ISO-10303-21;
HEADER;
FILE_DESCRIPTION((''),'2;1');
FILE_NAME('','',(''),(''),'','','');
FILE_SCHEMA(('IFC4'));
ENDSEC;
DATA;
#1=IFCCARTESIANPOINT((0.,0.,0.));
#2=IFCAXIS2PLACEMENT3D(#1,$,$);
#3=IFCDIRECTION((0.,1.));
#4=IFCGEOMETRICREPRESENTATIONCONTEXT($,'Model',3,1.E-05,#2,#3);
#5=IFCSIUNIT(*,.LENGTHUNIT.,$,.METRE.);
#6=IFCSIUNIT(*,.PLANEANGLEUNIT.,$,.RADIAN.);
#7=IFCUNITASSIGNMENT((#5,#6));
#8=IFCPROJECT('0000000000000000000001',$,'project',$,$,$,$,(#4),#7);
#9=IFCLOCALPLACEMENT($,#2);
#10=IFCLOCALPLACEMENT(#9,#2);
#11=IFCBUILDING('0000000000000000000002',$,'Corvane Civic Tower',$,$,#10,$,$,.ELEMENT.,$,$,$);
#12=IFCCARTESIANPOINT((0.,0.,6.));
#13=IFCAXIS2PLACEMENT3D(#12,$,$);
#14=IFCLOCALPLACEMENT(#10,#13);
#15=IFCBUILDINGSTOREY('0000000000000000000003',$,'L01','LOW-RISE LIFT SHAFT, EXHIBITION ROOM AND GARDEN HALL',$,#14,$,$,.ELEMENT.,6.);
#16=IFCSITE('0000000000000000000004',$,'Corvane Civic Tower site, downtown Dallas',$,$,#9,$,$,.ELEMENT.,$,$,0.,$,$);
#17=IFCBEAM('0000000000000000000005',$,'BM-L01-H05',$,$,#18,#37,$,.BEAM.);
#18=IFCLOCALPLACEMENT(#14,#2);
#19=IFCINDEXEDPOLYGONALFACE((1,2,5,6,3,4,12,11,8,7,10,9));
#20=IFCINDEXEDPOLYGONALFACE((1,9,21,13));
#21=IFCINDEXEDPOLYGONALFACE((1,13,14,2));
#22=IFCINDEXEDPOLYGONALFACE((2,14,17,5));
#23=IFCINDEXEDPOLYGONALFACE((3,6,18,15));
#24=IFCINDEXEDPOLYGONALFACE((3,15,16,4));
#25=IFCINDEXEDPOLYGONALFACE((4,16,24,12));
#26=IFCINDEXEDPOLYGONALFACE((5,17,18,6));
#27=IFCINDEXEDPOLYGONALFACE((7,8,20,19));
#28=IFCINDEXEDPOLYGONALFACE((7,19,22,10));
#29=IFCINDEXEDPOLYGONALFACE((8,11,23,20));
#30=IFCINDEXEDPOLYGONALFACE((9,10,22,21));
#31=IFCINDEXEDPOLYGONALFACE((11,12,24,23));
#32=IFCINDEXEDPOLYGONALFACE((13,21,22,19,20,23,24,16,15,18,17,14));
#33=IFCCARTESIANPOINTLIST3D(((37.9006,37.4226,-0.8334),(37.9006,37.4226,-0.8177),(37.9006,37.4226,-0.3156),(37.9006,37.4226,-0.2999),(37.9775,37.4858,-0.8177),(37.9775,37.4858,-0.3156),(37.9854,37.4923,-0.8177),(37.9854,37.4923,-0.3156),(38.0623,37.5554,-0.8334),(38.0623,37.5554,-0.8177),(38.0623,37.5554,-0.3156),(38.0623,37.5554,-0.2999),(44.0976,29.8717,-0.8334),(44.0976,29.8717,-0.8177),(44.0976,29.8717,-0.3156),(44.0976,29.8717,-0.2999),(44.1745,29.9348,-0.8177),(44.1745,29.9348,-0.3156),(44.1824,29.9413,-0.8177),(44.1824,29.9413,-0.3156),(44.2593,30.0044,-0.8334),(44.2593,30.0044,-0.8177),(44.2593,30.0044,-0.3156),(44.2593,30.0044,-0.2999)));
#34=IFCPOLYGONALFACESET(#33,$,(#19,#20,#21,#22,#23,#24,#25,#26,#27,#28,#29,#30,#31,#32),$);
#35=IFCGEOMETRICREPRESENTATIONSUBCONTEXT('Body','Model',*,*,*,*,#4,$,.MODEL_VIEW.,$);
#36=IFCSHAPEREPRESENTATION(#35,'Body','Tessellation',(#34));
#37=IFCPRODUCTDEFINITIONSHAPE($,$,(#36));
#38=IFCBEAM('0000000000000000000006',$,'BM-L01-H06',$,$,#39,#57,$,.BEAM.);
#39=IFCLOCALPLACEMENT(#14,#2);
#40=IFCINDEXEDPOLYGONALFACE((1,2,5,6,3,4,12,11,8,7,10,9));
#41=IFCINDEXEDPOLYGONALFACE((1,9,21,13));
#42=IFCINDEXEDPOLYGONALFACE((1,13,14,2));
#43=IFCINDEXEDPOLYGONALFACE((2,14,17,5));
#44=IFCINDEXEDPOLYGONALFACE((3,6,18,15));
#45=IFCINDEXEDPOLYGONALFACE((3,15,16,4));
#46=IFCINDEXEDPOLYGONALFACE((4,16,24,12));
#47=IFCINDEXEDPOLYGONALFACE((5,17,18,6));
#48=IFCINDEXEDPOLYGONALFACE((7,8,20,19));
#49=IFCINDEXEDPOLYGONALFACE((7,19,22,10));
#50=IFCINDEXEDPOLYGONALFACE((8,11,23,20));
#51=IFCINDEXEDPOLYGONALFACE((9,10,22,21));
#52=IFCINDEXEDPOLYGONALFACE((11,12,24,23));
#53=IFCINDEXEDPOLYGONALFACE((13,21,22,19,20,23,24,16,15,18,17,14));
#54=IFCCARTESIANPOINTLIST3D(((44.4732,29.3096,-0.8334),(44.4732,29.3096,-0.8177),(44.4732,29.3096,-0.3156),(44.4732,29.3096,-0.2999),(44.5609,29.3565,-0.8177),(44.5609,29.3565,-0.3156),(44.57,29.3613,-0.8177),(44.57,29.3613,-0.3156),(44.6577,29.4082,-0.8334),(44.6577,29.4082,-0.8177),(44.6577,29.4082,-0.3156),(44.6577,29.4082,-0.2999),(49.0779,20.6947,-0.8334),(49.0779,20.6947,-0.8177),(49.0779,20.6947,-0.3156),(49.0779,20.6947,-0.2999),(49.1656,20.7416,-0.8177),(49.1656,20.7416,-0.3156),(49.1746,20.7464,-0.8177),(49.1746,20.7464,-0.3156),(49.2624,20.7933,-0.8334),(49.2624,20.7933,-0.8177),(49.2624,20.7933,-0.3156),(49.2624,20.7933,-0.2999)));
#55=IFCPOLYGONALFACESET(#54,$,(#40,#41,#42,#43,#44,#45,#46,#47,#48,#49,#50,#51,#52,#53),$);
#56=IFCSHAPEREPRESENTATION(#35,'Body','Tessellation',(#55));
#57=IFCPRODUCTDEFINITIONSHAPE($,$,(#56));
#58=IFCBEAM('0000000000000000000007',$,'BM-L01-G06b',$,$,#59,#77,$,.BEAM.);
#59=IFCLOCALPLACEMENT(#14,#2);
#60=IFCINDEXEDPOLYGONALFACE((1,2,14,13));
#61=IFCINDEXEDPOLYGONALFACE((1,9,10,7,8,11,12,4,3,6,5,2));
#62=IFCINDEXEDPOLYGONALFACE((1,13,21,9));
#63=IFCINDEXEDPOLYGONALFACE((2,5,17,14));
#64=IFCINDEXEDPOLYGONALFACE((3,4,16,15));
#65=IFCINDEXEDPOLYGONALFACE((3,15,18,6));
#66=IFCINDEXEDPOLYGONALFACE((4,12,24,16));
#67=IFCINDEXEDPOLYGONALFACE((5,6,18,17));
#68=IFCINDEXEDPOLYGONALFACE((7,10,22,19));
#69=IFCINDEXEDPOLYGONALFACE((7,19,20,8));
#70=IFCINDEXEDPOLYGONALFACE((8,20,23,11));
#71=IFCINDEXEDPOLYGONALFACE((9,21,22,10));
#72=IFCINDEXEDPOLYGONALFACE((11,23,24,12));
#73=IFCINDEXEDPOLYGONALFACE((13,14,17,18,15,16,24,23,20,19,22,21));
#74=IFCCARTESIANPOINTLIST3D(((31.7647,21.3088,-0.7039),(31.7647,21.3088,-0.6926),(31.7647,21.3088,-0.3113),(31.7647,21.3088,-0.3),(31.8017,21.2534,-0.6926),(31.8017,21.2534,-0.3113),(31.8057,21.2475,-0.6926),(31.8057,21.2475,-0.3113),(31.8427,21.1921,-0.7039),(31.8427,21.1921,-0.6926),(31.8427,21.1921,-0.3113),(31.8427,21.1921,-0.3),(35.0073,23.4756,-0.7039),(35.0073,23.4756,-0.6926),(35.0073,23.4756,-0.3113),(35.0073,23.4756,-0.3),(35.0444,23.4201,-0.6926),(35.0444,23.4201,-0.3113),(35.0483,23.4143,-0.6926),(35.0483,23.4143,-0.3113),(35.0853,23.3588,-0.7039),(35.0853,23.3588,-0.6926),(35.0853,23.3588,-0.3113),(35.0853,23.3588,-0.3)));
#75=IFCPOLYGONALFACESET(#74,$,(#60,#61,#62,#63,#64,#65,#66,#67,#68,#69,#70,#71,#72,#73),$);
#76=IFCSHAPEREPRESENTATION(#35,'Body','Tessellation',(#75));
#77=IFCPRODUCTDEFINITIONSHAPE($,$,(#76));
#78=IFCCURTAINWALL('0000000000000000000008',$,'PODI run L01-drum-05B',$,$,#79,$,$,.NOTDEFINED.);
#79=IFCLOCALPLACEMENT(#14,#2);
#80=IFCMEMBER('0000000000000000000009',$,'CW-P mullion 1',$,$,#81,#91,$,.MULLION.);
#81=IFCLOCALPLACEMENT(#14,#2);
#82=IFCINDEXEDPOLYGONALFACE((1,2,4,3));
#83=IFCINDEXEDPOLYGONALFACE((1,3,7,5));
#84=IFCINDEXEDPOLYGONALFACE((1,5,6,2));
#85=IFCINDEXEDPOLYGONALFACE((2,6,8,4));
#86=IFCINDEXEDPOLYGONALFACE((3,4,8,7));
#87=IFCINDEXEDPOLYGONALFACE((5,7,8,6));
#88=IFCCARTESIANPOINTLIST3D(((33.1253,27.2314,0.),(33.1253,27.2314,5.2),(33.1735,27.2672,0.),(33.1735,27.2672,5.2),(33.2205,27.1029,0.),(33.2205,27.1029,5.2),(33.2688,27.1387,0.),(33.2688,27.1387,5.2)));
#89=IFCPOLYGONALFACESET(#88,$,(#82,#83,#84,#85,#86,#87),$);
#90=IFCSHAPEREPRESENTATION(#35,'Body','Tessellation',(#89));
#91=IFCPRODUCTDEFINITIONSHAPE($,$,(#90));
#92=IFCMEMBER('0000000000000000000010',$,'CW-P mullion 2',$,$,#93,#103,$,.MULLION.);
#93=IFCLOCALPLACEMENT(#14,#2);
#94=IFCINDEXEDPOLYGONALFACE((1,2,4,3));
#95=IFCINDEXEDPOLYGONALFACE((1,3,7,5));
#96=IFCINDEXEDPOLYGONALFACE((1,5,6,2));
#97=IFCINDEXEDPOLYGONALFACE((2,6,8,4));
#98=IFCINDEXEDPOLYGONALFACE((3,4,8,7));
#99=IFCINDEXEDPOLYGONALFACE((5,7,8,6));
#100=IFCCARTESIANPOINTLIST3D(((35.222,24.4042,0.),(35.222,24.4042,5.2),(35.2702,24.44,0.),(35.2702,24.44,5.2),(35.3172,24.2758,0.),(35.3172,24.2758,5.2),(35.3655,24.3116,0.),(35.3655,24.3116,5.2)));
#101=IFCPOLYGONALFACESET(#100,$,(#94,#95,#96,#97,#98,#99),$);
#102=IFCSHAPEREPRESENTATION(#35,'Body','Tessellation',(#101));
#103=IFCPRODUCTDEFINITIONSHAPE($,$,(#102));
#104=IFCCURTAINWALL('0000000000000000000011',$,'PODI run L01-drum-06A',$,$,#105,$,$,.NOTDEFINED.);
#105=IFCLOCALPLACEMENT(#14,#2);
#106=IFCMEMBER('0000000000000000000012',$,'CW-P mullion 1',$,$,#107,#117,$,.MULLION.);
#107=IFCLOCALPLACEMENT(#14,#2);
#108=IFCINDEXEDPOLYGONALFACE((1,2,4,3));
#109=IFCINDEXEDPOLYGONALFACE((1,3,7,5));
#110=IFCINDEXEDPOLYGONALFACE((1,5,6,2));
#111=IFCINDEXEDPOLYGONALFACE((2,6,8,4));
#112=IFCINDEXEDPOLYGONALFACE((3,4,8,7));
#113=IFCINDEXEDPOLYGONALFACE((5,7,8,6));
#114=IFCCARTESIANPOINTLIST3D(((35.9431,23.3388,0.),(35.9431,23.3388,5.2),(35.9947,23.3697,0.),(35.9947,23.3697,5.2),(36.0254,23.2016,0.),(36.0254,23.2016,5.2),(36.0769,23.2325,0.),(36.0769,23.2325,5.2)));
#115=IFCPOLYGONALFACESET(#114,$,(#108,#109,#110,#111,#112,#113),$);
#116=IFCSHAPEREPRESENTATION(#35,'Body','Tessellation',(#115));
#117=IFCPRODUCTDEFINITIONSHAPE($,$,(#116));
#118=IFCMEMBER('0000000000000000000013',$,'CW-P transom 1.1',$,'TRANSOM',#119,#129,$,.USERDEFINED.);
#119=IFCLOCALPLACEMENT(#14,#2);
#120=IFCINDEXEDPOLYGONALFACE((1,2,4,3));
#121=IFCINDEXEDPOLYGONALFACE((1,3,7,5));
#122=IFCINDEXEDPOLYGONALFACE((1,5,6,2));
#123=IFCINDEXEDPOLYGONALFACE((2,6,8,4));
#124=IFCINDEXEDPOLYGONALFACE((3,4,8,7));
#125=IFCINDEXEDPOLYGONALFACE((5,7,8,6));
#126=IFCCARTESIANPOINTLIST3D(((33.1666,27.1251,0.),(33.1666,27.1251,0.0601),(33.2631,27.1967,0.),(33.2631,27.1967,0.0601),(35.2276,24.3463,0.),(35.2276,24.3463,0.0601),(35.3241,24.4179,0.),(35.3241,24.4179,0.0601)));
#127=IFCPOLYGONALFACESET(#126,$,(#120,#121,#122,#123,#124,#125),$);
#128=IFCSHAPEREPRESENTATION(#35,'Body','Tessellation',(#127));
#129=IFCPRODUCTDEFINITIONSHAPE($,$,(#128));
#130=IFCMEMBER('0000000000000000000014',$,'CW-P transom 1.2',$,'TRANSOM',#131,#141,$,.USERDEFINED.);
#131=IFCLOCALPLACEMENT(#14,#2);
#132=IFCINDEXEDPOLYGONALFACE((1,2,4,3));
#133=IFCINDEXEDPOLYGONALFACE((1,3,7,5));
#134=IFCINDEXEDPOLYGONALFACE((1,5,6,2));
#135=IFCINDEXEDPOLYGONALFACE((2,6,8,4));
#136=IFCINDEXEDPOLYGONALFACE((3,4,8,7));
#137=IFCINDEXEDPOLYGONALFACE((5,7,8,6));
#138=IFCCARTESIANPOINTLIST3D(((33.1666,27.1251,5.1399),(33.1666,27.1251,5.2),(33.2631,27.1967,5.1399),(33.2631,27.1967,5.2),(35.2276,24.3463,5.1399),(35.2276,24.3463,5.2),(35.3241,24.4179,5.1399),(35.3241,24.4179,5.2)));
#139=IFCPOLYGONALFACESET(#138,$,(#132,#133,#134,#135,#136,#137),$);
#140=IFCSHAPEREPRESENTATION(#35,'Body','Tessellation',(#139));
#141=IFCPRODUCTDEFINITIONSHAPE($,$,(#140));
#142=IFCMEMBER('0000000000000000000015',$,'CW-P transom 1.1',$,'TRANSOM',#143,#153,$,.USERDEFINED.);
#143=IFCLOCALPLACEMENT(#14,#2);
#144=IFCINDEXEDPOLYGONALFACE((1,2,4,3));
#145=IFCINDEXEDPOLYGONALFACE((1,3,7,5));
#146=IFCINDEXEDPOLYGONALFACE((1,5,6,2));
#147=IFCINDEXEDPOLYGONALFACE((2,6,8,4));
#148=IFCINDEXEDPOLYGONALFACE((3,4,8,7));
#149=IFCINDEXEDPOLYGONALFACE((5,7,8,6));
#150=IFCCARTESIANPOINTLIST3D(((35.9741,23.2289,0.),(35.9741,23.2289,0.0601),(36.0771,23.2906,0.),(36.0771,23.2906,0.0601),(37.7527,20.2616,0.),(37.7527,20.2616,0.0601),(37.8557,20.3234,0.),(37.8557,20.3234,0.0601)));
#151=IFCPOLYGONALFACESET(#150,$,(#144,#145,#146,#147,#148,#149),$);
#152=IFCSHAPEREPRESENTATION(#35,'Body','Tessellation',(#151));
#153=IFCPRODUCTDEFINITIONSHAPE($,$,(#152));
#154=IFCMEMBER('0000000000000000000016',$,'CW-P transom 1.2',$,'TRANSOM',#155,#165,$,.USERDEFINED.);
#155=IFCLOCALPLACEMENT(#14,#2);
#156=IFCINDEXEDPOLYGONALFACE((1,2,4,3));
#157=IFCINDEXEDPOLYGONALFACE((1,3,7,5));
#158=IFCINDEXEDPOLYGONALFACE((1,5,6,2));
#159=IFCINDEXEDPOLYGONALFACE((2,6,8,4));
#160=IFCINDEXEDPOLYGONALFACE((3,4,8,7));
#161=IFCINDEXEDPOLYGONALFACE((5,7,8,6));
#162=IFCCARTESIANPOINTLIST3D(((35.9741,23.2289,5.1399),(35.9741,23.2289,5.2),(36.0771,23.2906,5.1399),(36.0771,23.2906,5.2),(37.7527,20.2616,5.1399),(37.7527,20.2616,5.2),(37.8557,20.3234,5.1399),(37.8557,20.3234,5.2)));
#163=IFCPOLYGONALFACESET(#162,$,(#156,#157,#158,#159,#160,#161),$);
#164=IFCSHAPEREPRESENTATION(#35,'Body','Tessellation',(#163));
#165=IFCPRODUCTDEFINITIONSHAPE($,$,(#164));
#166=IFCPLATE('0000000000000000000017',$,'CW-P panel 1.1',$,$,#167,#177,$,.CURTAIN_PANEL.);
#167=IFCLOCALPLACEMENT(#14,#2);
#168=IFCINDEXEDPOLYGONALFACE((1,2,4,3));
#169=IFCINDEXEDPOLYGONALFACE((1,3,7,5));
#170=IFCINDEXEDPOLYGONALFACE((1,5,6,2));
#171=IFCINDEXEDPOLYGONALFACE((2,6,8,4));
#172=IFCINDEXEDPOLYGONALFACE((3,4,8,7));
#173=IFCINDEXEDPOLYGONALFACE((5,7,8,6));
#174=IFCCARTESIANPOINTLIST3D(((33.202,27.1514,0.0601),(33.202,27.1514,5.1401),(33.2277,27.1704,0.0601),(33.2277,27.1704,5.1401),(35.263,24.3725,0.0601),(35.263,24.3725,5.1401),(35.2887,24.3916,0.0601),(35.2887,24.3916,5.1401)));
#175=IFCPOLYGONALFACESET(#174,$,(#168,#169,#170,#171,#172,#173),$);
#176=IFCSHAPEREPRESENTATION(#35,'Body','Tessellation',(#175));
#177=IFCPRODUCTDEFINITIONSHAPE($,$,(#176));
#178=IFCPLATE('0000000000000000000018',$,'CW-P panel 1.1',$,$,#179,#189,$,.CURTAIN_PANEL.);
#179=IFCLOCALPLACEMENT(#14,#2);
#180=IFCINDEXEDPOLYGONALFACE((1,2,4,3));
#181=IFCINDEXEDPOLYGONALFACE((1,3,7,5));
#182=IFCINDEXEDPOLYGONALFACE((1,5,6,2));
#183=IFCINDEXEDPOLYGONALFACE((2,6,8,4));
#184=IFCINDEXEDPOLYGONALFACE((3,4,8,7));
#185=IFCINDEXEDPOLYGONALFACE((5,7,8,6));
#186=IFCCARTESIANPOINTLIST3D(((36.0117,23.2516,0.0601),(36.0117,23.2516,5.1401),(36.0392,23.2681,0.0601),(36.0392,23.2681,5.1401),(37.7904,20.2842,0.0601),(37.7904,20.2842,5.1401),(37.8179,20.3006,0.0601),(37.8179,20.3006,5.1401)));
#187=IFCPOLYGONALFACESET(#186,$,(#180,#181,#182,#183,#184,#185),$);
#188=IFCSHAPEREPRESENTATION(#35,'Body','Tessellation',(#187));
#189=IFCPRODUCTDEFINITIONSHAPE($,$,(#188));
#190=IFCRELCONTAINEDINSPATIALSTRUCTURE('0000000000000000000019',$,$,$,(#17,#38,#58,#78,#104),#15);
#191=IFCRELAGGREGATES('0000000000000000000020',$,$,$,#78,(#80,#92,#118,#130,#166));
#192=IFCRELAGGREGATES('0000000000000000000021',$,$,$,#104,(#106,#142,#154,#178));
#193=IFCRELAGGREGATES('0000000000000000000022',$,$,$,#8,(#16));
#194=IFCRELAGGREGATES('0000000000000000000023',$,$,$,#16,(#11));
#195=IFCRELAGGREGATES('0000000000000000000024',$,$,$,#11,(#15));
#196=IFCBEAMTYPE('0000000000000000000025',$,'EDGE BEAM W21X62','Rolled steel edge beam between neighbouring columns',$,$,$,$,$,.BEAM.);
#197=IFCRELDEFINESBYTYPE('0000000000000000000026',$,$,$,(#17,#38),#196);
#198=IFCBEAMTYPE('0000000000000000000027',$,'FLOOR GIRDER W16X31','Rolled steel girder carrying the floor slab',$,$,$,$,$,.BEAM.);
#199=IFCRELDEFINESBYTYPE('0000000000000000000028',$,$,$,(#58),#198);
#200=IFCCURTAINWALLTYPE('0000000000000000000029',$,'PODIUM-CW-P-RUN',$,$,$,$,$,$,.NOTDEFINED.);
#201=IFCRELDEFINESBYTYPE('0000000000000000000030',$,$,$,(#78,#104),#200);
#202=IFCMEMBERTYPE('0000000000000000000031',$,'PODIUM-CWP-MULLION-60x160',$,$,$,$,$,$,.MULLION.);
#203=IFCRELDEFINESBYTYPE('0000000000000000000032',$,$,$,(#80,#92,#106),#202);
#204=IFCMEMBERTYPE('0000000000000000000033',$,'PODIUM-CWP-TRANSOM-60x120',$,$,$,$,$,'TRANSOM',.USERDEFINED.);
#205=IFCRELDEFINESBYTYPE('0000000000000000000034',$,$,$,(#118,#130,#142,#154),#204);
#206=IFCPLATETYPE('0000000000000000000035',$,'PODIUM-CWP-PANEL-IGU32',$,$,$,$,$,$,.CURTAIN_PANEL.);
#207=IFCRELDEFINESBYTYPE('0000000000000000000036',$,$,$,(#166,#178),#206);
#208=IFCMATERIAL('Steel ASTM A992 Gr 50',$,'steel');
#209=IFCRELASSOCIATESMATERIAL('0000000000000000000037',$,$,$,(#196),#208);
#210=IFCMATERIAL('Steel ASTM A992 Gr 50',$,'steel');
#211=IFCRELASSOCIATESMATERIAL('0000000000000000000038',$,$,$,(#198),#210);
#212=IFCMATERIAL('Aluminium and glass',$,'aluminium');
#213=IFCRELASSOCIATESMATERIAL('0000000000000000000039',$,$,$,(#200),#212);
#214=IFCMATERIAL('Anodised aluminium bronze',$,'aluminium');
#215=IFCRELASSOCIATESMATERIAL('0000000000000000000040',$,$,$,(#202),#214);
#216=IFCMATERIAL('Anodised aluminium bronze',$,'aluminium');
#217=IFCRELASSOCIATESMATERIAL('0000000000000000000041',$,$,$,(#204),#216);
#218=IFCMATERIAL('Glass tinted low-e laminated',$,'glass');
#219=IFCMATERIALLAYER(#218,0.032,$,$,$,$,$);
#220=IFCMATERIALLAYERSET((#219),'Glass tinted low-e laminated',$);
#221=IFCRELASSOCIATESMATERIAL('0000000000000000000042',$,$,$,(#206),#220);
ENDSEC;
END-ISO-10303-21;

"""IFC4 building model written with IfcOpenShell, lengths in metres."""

from ifc_helpers import new_model, si_unit, direction, frame, origin, origin_2d, place, context, subcontext, project, spatial, rectangle, i_section, extrude, material, layer, layer_set, material_profile, profile_set, type_object, element, aggregate, save


model = new_model("IFC4")

# Units and contexts
model_context = context("Model", 3, precision=1e-05, world=origin(), true_north=direction((0.0, 1.0)))
body_context = subcontext(model_context, "Body", "Model", "MODEL_VIEW")
ifc_project = project(units=[si_unit("LENGTHUNIT", "METRE"), si_unit("PLANEANGLEUNIT", "RADIAN")], contexts=[model_context])

# Site, building, storey
site_placement = place(None, origin())
site = spatial("IfcSite", under=ifc_project, at=site_placement, Name="Corvane Civic Tower site, downtown Dallas", CompositionType="ELEMENT", RefElevation=0.0)
building_placement = place(site_placement, origin())
building = spatial("IfcBuilding", under=site, at=building_placement, Name="Corvane Civic Tower", CompositionType="ELEMENT")
storey_placement = place(building_placement, frame((0.0, 0.0, 6.0)))
storey = spatial("IfcBuildingStorey", under=building, at=storey_placement, Name="L01", Description="LOW-RISE LIFT SHAFT, EXHIBITION ROOM AND GARDEN HALL", CompositionType="ELEMENT", Elevation=6.0)

# Beams
ifc_material_1 = material(Name="Steel ASTM A992 Gr 50", Category="steel")
ifc_material_profile_1 = material_profile(ifc_material_1, i_section(OverallWidth=0.2092, OverallDepth=0.5334, WebThickness=0.0103, FlangeThickness=0.0156, at=origin_2d()), Name="W21X62")
ifc_profile_set_1 = profile_set([ifc_material_profile_1], Name="Steel ASTM A992 Gr 50")
beam_type_1 = type_object("IfcBeamType", Name="EDGE BEAM W21X62", Description="Rolled steel edge beam between neighbouring columns", PredefinedType="BEAM", material=ifc_profile_set_1)
for number, where, z_axis, x_axis, name in (
    (1, (37.9814, 37.489, -0.5667), (0.634397, -0.773008, 0.0), (0.773008, 0.634397, 0.0), "BM-L01-H05"),
    (2, (44.5654, 29.3589, -0.5667), (0.471391, -0.881924, 0.0), (0.881924, 0.471391, 0.0), "BM-L01-H06"),
):
    element("IfcBeam", number, at=place(storey_placement, frame(where, z_axis=z_axis, x_axis=x_axis)), inside=storey, type_object=beam_type_1, Name=name, PredefinedType="BEAM", context=body_context, shape_type="SweptSolid", body=[
        extrude(i_section(OverallWidth=0.2092, OverallDepth=0.5334, WebThickness=0.0103, FlangeThickness=0.0156, at=origin_2d()), origin(), (0.0, 0.0, 1.0), 9.7683),
    ])
ifc_material_2 = material(Name="Steel ASTM A992 Gr 50", Category="steel")
ifc_material_profile_2 = material_profile(ifc_material_2, i_section(OverallWidth=0.1404, OverallDepth=0.4038, WebThickness=0.0071, FlangeThickness=0.0112, at=origin_2d()), Name="W16X31")
ifc_profile_set_2 = profile_set([ifc_material_profile_2], Name="Steel ASTM A992 Gr 50")
beam_type_2 = type_object("IfcBeamType", Name="FLOOR GIRDER W16X31", Description="Rolled steel girder carrying the floor slab", PredefinedType="BEAM", material=ifc_profile_set_2)
beam_1_placement = place(storey_placement, frame((31.8037, 21.2505, -0.502), z_axis=(0.831462, 0.555581, 0.0), x_axis=(-0.555581, 0.831462, 0.0)))
element("IfcBeam", 3, at=beam_1_placement, inside=storey, type_object=beam_type_2, Name="BM-L01-G06b", PredefinedType="BEAM", context=body_context, shape_type="SweptSolid", body=[
    extrude(i_section(OverallWidth=0.1404, OverallDepth=0.4038, WebThickness=0.0071, FlangeThickness=0.0112, at=origin_2d()), origin(), (0.0, 0.0, 1.0), 3.8999),
])

# Curtain wall, members
ifc_material_3 = material(Name="Aluminium and glass", Category="aluminium")
curtain_wall_type = type_object("IfcCurtainWallType", Name="PODIUM-CW-P-RUN", PredefinedType="NOTDEFINED", material=ifc_material_3)
curtain_wall_1_placement = place(storey_placement, origin())
curtain_wall_1 = element("IfcCurtainWall", 4, at=curtain_wall_1_placement, inside=storey, type_object=curtain_wall_type, Name="PODI run L01-drum-05B", PredefinedType="NOTDEFINED")
ifc_material_4 = material(Name="Anodised aluminium bronze", Category="aluminium")
ifc_material_profile_3 = material_profile(ifc_material_4, rectangle(XDim=0.0601, YDim=0.1599, at=origin_2d()), Name="AL 60x160")
ifc_profile_set_3 = profile_set([ifc_material_profile_3], Name="Anodised aluminium bronze")
member_type_1 = type_object("IfcMemberType", Name="PODIUM-CWP-MULLION-60x160", PredefinedType="MULLION", material=ifc_profile_set_3)
member_1_placement = place(storey_placement, frame((33.197, 27.1851, 0.0), z_axis=(0.0, 0.0, 1.0), x_axis=(0.803203, 0.595705, 0.0)))
member_1 = element("IfcMember", 5, at=member_1_placement, type_object=member_type_1, Name="CW-P mullion 1", PredefinedType="MULLION", context=body_context, shape_type="SweptSolid", body=[
    extrude(rectangle(XDim=0.0601, YDim=0.1599, at=origin_2d()), origin(), (0.0, 0.0, 1.0), 5.2),
])
member_2_placement = place(storey_placement, frame((35.2937, 24.3579, 0.0), z_axis=(0.0, 0.0, 1.0), x_axis=(0.803203, 0.595705, 0.0)))
member_2 = element("IfcMember", 6, at=member_2_placement, type_object=member_type_1, Name="CW-P mullion 2", PredefinedType="MULLION", context=body_context, shape_type="SweptSolid", body=[
    extrude(rectangle(XDim=0.0601, YDim=0.1599, at=origin_2d()), origin(), (0.0, 0.0, 1.0), 5.2),
])

# Curtain wall, member
curtain_wall_2_placement = place(storey_placement, origin())
curtain_wall_2 = element("IfcCurtainWall", 7, at=curtain_wall_2_placement, inside=storey, type_object=curtain_wall_type, Name="PODI run L01-drum-06A", PredefinedType="NOTDEFINED")
member_3_placement = place(storey_placement, frame((36.01, 23.2856, 0.0), z_axis=(0.0, 0.0, 1.0), x_axis=(0.85772, 0.514118, 0.0)))
member_3 = element("IfcMember", 8, at=member_3_placement, type_object=member_type_1, Name="CW-P mullion 1", PredefinedType="MULLION", context=body_context, shape_type="SweptSolid", body=[
    extrude(rectangle(XDim=0.0601, YDim=0.1599, at=origin_2d()), origin(), (0.0, 0.0, 1.0), 5.2),
])

# Members
ifc_material_5 = material(Name="Anodised aluminium bronze", Category="aluminium")
ifc_material_profile_4 = material_profile(ifc_material_5, rectangle(XDim=0.1201, YDim=0.0601, at=origin_2d()), Name="AL 120x60")
ifc_profile_set_4 = profile_set([ifc_material_profile_4], Name="Anodised aluminium bronze")
member_type_2 = type_object("IfcMemberType", Name="PODIUM-CWP-TRANSOM-60x120", ElementType="TRANSOM", PredefinedType="USERDEFINED", material=ifc_profile_set_4)
member_4_placement = place(storey_placement, frame((33.2148, 27.1609, 0.03), z_axis=(0.595724, -0.80319, 0.0), x_axis=(0.80319, 0.595724, 0.0)))
member_4 = element("IfcMember", 9, at=member_4_placement, type_object=member_type_2, Name="CW-P transom 1.1", ObjectType="TRANSOM", PredefinedType="USERDEFINED", context=body_context, shape_type="SweptSolid", body=[
    extrude(rectangle(XDim=0.1201, YDim=0.0601, at=origin_2d()), origin(), (0.0, 0.0, 1.0), 3.4597),
])
member_5_placement = place(storey_placement, frame((33.2148, 27.1609, 5.1699), z_axis=(0.595724, -0.80319, 0.0), x_axis=(0.80319, 0.595724, 0.0)))
member_5 = element("IfcMember", 10, at=member_5_placement, type_object=member_type_2, Name="CW-P transom 1.2", ObjectType="TRANSOM", PredefinedType="USERDEFINED", context=body_context, shape_type="SweptSolid", body=[
    extrude(rectangle(XDim=0.1201, YDim=0.0601, at=origin_2d()), origin(), (0.0, 0.0, 1.0), 3.4597),
])
member_6_placement = place(storey_placement, frame((36.0256, 23.2598, 0.03), z_axis=(0.514112, -0.857723, 0.0), x_axis=(0.857723, 0.514112, 0.0)))
member_6 = element("IfcMember", 11, at=member_6_placement, type_object=member_type_2, Name="CW-P transom 1.1", ObjectType="TRANSOM", PredefinedType="USERDEFINED", context=body_context, shape_type="SweptSolid", body=[
    extrude(rectangle(XDim=0.1201, YDim=0.0601, at=origin_2d()), origin(), (0.0, 0.0, 1.0), 3.4595),
])
member_7_placement = place(storey_placement, frame((36.0256, 23.2598, 5.1699), z_axis=(0.514112, -0.857723, 0.0), x_axis=(0.857723, 0.514112, 0.0)))
member_7 = element("IfcMember", 12, at=member_7_placement, type_object=member_type_2, Name="CW-P transom 1.2", ObjectType="TRANSOM", PredefinedType="USERDEFINED", context=body_context, shape_type="SweptSolid", body=[
    extrude(rectangle(XDim=0.1201, YDim=0.0601, at=origin_2d()), origin(), (0.0, 0.0, 1.0), 3.4595),
])

# Plates
ifc_material_6 = material(Name="Glass tinted low-e laminated", Category="glass")
ifc_layer_1 = layer(ifc_material_6, 0.032)
ifc_layer_set_1 = layer_set([ifc_layer_1], Name="Glass tinted low-e laminated")
plate_type = type_object("IfcPlateType", Name="PODIUM-CWP-PANEL-IGU32", PredefinedType="CURTAIN_PANEL", material=ifc_layer_set_1)
plate_1_placement = place(storey_placement, frame((34.2454, 25.7715, 0.0601), z_axis=(0.0, 0.0, 1.0), x_axis=(0.595705, -0.803203, 0.0)))
plate_1 = element("IfcPlate", 13, at=plate_1_placement, type_object=plate_type, Name="CW-P panel 1.1", PredefinedType="CURTAIN_PANEL", context=body_context, shape_type="SweptSolid", body=[
    extrude(rectangle(XDim=3.4597, YDim=0.032, at=origin_2d()), origin(), (0.0, 0.0, 1.0), 5.0801),
])
aggregate(curtain_wall_1, [member_1, member_2, member_4, member_5, plate_1])
plate_2_placement = place(storey_placement, frame((36.9148, 21.7761, 0.0601), z_axis=(0.0, 0.0, 1.0), x_axis=(0.514118, -0.85772, 0.0)))
plate_2 = element("IfcPlate", 14, at=plate_2_placement, type_object=plate_type, Name="CW-P panel 1.1", PredefinedType="CURTAIN_PANEL", context=body_context, shape_type="SweptSolid", body=[
    extrude(rectangle(XDim=3.4597, YDim=0.032, at=origin_2d()), origin(), (0.0, 0.0, 1.0), 5.0801),
])
aggregate(curtain_wall_2, [member_3, member_6, member_7, plate_2])

save(model, "model.ifc")
